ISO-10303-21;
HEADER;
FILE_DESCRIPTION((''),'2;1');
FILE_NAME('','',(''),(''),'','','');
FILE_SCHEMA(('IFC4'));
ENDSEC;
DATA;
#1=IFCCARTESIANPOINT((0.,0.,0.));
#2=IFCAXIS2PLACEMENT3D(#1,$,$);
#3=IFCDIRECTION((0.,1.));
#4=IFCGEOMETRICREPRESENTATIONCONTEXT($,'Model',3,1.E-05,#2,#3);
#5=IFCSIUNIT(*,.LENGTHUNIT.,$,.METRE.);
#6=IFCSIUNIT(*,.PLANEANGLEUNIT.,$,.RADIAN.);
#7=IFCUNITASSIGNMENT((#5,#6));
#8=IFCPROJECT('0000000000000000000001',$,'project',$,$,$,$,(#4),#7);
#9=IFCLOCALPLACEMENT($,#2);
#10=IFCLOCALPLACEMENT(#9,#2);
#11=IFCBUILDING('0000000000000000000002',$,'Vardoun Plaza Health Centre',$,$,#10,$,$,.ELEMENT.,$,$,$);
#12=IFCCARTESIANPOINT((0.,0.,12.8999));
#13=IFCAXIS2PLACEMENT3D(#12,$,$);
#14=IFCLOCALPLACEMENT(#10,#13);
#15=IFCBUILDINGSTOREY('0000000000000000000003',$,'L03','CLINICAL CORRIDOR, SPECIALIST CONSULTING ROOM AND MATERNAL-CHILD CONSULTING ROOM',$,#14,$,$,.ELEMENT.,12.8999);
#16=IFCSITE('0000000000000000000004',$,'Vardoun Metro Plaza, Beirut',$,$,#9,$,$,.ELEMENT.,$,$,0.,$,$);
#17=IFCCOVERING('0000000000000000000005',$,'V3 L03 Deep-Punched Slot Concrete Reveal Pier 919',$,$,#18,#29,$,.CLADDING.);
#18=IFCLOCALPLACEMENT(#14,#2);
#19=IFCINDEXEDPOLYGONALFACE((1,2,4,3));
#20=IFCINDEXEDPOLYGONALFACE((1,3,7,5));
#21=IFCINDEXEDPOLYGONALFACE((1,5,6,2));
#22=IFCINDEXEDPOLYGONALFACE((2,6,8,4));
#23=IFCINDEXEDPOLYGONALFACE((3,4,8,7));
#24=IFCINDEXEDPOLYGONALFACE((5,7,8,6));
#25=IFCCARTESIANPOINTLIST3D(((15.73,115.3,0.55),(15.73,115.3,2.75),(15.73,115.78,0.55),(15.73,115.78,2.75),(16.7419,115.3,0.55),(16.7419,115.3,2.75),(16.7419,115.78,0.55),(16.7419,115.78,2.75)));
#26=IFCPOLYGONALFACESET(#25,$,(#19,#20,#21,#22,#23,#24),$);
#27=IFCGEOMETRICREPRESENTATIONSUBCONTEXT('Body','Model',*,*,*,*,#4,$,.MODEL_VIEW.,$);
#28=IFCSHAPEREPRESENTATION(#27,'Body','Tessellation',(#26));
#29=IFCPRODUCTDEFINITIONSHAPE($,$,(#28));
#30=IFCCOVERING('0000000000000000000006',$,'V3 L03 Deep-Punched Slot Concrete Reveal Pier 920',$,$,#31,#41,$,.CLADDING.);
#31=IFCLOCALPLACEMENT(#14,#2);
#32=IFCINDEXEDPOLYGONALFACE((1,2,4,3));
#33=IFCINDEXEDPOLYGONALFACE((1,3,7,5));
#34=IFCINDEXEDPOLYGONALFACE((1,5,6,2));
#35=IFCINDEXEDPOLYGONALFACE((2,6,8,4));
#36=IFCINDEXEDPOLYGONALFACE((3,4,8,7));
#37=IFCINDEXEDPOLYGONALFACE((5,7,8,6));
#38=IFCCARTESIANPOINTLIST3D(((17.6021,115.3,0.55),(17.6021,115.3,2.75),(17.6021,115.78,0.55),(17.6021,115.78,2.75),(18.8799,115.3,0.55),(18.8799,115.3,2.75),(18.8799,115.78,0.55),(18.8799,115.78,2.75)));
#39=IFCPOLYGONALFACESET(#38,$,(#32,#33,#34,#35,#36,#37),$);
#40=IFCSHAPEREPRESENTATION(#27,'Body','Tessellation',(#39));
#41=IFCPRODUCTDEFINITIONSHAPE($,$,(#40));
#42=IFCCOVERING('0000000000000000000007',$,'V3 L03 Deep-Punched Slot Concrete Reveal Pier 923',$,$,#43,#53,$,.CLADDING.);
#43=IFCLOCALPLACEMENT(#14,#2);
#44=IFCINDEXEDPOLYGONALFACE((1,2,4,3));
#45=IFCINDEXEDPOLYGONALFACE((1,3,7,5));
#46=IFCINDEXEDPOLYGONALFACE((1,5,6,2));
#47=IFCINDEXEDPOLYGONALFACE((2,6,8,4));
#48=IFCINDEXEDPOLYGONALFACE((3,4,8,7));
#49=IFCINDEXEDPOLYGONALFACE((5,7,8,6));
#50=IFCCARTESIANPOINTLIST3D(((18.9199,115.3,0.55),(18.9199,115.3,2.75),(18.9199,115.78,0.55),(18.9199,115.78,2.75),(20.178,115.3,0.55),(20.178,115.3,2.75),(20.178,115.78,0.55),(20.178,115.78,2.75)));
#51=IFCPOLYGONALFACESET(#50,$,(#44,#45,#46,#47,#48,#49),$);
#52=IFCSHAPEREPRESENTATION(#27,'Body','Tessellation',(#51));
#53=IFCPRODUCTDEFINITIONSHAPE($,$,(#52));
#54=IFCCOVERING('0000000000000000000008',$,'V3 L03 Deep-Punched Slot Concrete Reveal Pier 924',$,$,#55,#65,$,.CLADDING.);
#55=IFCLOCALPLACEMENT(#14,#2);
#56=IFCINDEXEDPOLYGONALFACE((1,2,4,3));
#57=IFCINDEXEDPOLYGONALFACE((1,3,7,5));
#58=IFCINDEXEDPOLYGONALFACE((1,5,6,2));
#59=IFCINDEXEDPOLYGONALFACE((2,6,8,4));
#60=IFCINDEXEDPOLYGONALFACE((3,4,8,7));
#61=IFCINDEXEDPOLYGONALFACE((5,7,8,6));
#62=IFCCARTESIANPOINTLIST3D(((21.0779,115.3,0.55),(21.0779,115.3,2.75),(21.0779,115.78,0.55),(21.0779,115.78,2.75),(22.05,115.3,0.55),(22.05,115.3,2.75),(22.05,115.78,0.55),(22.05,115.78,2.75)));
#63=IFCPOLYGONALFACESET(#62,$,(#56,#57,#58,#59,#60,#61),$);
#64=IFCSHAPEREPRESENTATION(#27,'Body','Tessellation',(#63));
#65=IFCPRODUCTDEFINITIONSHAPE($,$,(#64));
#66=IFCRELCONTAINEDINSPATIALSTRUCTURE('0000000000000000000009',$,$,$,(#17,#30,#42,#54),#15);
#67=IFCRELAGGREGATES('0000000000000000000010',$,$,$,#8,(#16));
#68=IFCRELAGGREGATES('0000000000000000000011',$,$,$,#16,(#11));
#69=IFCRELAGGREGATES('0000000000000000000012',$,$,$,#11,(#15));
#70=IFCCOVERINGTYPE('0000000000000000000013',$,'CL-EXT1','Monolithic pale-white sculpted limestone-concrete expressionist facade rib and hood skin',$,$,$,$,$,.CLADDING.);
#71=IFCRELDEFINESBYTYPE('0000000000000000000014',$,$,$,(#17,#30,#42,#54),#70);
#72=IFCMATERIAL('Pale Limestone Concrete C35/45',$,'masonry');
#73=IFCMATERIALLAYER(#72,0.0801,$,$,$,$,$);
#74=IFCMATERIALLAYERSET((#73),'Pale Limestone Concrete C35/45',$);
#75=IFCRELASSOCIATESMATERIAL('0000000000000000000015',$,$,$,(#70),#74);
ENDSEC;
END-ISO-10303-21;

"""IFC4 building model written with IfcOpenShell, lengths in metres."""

from ifc_helpers import new_model, si_unit, direction, frame, origin, place, context, subcontext, project, spatial, polyline, outline, extrude, material, layer, layer_set, type_object, element, save


model = new_model("IFC4")

# Units and contexts
model_context = context("Model", 3, precision=1e-05, world=origin(), true_north=direction((0.0, 1.0)))
body_context = subcontext(model_context, "Body", "Model", "MODEL_VIEW")
ifc_project = project(units=[si_unit("LENGTHUNIT", "METRE"), si_unit("PLANEANGLEUNIT", "RADIAN")], contexts=[model_context])

# Site, building, storey
site_placement = place(None, origin())
site = spatial("IfcSite", under=ifc_project, at=site_placement, Name="Vardoun Metro Plaza, Beirut", CompositionType="ELEMENT", RefElevation=0.0)
building_placement = place(site_placement, origin())
building = spatial("IfcBuilding", under=site, at=building_placement, Name="Vardoun Plaza Health Centre", CompositionType="ELEMENT")
storey_placement = place(building_placement, frame((0.0, 0.0, 12.8999)))
storey = spatial("IfcBuildingStorey", under=building, at=storey_placement, Name="L03", Description="CLINICAL CORRIDOR, SPECIALIST CONSULTING ROOM AND MATERNAL-CHILD CONSULTING ROOM", CompositionType="ELEMENT", Elevation=12.8999)

# Coverings
ifc_material = material(Name="Pale Limestone Concrete C35/45", Category="masonry")
ifc_layer = layer(ifc_material, 0.0801)
ifc_layer_set = layer_set([ifc_layer], Name="Pale Limestone Concrete C35/45")
covering_type = type_object("IfcCoveringType", Name="CL-EXT1", Description="Monolithic pale-white sculpted limestone-concrete expressionist facade rib and hood skin", PredefinedType="CLADDING", material=ifc_layer_set)
covering_1_placement = place(storey_placement, frame((0.0, 0.0, 0.55)))
element("IfcCovering", 1, at=covering_1_placement, inside=storey, type_object=covering_type, Name="V3 L03 Deep-Punched Slot Concrete Reveal Pier 919", PredefinedType="CLADDING", context=body_context, shape_type="SweptSolid", body=[
    extrude(outline(polyline([(15.73, 115.3), (16.7419, 115.3), (16.7419, 115.78), (15.73, 115.78), (15.73, 115.3)])), origin(), (0.0, 0.0, 1.0), 2.2),
])
covering_2_placement = place(storey_placement, frame((0.0, 0.0, 0.55)))
element("IfcCovering", 2, at=covering_2_placement, inside=storey, type_object=covering_type, Name="V3 L03 Deep-Punched Slot Concrete Reveal Pier 920", PredefinedType="CLADDING", context=body_context, shape_type="SweptSolid", body=[
    extrude(outline(polyline([(17.6021, 115.3), (18.8799, 115.3), (18.8799, 115.78), (17.6021, 115.78), (17.6021, 115.3)])), origin(), (0.0, 0.0, 1.0), 2.2),
])
covering_3_placement = place(storey_placement, frame((0.0, 0.0, 0.55)))
element("IfcCovering", 3, at=covering_3_placement, inside=storey, type_object=covering_type, Name="V3 L03 Deep-Punched Slot Concrete Reveal Pier 923", PredefinedType="CLADDING", context=body_context, shape_type="SweptSolid", body=[
    extrude(outline(polyline([(18.9199, 115.3), (20.178, 115.3), (20.178, 115.78), (18.9199, 115.78), (18.9199, 115.3)])), origin(), (0.0, 0.0, 1.0), 2.2),
])
covering_4_placement = place(storey_placement, frame((0.0, 0.0, 0.55)))
element("IfcCovering", 4, at=covering_4_placement, inside=storey, type_object=covering_type, Name="V3 L03 Deep-Punched Slot Concrete Reveal Pier 924", PredefinedType="CLADDING", context=body_context, shape_type="SweptSolid", body=[
    extrude(outline(polyline([(21.0779, 115.3), (22.05, 115.3), (22.05, 115.78), (21.0779, 115.78), (21.0779, 115.3)])), origin(), (0.0, 0.0, 1.0), 2.2),
])

save(model, "model.ifc")
